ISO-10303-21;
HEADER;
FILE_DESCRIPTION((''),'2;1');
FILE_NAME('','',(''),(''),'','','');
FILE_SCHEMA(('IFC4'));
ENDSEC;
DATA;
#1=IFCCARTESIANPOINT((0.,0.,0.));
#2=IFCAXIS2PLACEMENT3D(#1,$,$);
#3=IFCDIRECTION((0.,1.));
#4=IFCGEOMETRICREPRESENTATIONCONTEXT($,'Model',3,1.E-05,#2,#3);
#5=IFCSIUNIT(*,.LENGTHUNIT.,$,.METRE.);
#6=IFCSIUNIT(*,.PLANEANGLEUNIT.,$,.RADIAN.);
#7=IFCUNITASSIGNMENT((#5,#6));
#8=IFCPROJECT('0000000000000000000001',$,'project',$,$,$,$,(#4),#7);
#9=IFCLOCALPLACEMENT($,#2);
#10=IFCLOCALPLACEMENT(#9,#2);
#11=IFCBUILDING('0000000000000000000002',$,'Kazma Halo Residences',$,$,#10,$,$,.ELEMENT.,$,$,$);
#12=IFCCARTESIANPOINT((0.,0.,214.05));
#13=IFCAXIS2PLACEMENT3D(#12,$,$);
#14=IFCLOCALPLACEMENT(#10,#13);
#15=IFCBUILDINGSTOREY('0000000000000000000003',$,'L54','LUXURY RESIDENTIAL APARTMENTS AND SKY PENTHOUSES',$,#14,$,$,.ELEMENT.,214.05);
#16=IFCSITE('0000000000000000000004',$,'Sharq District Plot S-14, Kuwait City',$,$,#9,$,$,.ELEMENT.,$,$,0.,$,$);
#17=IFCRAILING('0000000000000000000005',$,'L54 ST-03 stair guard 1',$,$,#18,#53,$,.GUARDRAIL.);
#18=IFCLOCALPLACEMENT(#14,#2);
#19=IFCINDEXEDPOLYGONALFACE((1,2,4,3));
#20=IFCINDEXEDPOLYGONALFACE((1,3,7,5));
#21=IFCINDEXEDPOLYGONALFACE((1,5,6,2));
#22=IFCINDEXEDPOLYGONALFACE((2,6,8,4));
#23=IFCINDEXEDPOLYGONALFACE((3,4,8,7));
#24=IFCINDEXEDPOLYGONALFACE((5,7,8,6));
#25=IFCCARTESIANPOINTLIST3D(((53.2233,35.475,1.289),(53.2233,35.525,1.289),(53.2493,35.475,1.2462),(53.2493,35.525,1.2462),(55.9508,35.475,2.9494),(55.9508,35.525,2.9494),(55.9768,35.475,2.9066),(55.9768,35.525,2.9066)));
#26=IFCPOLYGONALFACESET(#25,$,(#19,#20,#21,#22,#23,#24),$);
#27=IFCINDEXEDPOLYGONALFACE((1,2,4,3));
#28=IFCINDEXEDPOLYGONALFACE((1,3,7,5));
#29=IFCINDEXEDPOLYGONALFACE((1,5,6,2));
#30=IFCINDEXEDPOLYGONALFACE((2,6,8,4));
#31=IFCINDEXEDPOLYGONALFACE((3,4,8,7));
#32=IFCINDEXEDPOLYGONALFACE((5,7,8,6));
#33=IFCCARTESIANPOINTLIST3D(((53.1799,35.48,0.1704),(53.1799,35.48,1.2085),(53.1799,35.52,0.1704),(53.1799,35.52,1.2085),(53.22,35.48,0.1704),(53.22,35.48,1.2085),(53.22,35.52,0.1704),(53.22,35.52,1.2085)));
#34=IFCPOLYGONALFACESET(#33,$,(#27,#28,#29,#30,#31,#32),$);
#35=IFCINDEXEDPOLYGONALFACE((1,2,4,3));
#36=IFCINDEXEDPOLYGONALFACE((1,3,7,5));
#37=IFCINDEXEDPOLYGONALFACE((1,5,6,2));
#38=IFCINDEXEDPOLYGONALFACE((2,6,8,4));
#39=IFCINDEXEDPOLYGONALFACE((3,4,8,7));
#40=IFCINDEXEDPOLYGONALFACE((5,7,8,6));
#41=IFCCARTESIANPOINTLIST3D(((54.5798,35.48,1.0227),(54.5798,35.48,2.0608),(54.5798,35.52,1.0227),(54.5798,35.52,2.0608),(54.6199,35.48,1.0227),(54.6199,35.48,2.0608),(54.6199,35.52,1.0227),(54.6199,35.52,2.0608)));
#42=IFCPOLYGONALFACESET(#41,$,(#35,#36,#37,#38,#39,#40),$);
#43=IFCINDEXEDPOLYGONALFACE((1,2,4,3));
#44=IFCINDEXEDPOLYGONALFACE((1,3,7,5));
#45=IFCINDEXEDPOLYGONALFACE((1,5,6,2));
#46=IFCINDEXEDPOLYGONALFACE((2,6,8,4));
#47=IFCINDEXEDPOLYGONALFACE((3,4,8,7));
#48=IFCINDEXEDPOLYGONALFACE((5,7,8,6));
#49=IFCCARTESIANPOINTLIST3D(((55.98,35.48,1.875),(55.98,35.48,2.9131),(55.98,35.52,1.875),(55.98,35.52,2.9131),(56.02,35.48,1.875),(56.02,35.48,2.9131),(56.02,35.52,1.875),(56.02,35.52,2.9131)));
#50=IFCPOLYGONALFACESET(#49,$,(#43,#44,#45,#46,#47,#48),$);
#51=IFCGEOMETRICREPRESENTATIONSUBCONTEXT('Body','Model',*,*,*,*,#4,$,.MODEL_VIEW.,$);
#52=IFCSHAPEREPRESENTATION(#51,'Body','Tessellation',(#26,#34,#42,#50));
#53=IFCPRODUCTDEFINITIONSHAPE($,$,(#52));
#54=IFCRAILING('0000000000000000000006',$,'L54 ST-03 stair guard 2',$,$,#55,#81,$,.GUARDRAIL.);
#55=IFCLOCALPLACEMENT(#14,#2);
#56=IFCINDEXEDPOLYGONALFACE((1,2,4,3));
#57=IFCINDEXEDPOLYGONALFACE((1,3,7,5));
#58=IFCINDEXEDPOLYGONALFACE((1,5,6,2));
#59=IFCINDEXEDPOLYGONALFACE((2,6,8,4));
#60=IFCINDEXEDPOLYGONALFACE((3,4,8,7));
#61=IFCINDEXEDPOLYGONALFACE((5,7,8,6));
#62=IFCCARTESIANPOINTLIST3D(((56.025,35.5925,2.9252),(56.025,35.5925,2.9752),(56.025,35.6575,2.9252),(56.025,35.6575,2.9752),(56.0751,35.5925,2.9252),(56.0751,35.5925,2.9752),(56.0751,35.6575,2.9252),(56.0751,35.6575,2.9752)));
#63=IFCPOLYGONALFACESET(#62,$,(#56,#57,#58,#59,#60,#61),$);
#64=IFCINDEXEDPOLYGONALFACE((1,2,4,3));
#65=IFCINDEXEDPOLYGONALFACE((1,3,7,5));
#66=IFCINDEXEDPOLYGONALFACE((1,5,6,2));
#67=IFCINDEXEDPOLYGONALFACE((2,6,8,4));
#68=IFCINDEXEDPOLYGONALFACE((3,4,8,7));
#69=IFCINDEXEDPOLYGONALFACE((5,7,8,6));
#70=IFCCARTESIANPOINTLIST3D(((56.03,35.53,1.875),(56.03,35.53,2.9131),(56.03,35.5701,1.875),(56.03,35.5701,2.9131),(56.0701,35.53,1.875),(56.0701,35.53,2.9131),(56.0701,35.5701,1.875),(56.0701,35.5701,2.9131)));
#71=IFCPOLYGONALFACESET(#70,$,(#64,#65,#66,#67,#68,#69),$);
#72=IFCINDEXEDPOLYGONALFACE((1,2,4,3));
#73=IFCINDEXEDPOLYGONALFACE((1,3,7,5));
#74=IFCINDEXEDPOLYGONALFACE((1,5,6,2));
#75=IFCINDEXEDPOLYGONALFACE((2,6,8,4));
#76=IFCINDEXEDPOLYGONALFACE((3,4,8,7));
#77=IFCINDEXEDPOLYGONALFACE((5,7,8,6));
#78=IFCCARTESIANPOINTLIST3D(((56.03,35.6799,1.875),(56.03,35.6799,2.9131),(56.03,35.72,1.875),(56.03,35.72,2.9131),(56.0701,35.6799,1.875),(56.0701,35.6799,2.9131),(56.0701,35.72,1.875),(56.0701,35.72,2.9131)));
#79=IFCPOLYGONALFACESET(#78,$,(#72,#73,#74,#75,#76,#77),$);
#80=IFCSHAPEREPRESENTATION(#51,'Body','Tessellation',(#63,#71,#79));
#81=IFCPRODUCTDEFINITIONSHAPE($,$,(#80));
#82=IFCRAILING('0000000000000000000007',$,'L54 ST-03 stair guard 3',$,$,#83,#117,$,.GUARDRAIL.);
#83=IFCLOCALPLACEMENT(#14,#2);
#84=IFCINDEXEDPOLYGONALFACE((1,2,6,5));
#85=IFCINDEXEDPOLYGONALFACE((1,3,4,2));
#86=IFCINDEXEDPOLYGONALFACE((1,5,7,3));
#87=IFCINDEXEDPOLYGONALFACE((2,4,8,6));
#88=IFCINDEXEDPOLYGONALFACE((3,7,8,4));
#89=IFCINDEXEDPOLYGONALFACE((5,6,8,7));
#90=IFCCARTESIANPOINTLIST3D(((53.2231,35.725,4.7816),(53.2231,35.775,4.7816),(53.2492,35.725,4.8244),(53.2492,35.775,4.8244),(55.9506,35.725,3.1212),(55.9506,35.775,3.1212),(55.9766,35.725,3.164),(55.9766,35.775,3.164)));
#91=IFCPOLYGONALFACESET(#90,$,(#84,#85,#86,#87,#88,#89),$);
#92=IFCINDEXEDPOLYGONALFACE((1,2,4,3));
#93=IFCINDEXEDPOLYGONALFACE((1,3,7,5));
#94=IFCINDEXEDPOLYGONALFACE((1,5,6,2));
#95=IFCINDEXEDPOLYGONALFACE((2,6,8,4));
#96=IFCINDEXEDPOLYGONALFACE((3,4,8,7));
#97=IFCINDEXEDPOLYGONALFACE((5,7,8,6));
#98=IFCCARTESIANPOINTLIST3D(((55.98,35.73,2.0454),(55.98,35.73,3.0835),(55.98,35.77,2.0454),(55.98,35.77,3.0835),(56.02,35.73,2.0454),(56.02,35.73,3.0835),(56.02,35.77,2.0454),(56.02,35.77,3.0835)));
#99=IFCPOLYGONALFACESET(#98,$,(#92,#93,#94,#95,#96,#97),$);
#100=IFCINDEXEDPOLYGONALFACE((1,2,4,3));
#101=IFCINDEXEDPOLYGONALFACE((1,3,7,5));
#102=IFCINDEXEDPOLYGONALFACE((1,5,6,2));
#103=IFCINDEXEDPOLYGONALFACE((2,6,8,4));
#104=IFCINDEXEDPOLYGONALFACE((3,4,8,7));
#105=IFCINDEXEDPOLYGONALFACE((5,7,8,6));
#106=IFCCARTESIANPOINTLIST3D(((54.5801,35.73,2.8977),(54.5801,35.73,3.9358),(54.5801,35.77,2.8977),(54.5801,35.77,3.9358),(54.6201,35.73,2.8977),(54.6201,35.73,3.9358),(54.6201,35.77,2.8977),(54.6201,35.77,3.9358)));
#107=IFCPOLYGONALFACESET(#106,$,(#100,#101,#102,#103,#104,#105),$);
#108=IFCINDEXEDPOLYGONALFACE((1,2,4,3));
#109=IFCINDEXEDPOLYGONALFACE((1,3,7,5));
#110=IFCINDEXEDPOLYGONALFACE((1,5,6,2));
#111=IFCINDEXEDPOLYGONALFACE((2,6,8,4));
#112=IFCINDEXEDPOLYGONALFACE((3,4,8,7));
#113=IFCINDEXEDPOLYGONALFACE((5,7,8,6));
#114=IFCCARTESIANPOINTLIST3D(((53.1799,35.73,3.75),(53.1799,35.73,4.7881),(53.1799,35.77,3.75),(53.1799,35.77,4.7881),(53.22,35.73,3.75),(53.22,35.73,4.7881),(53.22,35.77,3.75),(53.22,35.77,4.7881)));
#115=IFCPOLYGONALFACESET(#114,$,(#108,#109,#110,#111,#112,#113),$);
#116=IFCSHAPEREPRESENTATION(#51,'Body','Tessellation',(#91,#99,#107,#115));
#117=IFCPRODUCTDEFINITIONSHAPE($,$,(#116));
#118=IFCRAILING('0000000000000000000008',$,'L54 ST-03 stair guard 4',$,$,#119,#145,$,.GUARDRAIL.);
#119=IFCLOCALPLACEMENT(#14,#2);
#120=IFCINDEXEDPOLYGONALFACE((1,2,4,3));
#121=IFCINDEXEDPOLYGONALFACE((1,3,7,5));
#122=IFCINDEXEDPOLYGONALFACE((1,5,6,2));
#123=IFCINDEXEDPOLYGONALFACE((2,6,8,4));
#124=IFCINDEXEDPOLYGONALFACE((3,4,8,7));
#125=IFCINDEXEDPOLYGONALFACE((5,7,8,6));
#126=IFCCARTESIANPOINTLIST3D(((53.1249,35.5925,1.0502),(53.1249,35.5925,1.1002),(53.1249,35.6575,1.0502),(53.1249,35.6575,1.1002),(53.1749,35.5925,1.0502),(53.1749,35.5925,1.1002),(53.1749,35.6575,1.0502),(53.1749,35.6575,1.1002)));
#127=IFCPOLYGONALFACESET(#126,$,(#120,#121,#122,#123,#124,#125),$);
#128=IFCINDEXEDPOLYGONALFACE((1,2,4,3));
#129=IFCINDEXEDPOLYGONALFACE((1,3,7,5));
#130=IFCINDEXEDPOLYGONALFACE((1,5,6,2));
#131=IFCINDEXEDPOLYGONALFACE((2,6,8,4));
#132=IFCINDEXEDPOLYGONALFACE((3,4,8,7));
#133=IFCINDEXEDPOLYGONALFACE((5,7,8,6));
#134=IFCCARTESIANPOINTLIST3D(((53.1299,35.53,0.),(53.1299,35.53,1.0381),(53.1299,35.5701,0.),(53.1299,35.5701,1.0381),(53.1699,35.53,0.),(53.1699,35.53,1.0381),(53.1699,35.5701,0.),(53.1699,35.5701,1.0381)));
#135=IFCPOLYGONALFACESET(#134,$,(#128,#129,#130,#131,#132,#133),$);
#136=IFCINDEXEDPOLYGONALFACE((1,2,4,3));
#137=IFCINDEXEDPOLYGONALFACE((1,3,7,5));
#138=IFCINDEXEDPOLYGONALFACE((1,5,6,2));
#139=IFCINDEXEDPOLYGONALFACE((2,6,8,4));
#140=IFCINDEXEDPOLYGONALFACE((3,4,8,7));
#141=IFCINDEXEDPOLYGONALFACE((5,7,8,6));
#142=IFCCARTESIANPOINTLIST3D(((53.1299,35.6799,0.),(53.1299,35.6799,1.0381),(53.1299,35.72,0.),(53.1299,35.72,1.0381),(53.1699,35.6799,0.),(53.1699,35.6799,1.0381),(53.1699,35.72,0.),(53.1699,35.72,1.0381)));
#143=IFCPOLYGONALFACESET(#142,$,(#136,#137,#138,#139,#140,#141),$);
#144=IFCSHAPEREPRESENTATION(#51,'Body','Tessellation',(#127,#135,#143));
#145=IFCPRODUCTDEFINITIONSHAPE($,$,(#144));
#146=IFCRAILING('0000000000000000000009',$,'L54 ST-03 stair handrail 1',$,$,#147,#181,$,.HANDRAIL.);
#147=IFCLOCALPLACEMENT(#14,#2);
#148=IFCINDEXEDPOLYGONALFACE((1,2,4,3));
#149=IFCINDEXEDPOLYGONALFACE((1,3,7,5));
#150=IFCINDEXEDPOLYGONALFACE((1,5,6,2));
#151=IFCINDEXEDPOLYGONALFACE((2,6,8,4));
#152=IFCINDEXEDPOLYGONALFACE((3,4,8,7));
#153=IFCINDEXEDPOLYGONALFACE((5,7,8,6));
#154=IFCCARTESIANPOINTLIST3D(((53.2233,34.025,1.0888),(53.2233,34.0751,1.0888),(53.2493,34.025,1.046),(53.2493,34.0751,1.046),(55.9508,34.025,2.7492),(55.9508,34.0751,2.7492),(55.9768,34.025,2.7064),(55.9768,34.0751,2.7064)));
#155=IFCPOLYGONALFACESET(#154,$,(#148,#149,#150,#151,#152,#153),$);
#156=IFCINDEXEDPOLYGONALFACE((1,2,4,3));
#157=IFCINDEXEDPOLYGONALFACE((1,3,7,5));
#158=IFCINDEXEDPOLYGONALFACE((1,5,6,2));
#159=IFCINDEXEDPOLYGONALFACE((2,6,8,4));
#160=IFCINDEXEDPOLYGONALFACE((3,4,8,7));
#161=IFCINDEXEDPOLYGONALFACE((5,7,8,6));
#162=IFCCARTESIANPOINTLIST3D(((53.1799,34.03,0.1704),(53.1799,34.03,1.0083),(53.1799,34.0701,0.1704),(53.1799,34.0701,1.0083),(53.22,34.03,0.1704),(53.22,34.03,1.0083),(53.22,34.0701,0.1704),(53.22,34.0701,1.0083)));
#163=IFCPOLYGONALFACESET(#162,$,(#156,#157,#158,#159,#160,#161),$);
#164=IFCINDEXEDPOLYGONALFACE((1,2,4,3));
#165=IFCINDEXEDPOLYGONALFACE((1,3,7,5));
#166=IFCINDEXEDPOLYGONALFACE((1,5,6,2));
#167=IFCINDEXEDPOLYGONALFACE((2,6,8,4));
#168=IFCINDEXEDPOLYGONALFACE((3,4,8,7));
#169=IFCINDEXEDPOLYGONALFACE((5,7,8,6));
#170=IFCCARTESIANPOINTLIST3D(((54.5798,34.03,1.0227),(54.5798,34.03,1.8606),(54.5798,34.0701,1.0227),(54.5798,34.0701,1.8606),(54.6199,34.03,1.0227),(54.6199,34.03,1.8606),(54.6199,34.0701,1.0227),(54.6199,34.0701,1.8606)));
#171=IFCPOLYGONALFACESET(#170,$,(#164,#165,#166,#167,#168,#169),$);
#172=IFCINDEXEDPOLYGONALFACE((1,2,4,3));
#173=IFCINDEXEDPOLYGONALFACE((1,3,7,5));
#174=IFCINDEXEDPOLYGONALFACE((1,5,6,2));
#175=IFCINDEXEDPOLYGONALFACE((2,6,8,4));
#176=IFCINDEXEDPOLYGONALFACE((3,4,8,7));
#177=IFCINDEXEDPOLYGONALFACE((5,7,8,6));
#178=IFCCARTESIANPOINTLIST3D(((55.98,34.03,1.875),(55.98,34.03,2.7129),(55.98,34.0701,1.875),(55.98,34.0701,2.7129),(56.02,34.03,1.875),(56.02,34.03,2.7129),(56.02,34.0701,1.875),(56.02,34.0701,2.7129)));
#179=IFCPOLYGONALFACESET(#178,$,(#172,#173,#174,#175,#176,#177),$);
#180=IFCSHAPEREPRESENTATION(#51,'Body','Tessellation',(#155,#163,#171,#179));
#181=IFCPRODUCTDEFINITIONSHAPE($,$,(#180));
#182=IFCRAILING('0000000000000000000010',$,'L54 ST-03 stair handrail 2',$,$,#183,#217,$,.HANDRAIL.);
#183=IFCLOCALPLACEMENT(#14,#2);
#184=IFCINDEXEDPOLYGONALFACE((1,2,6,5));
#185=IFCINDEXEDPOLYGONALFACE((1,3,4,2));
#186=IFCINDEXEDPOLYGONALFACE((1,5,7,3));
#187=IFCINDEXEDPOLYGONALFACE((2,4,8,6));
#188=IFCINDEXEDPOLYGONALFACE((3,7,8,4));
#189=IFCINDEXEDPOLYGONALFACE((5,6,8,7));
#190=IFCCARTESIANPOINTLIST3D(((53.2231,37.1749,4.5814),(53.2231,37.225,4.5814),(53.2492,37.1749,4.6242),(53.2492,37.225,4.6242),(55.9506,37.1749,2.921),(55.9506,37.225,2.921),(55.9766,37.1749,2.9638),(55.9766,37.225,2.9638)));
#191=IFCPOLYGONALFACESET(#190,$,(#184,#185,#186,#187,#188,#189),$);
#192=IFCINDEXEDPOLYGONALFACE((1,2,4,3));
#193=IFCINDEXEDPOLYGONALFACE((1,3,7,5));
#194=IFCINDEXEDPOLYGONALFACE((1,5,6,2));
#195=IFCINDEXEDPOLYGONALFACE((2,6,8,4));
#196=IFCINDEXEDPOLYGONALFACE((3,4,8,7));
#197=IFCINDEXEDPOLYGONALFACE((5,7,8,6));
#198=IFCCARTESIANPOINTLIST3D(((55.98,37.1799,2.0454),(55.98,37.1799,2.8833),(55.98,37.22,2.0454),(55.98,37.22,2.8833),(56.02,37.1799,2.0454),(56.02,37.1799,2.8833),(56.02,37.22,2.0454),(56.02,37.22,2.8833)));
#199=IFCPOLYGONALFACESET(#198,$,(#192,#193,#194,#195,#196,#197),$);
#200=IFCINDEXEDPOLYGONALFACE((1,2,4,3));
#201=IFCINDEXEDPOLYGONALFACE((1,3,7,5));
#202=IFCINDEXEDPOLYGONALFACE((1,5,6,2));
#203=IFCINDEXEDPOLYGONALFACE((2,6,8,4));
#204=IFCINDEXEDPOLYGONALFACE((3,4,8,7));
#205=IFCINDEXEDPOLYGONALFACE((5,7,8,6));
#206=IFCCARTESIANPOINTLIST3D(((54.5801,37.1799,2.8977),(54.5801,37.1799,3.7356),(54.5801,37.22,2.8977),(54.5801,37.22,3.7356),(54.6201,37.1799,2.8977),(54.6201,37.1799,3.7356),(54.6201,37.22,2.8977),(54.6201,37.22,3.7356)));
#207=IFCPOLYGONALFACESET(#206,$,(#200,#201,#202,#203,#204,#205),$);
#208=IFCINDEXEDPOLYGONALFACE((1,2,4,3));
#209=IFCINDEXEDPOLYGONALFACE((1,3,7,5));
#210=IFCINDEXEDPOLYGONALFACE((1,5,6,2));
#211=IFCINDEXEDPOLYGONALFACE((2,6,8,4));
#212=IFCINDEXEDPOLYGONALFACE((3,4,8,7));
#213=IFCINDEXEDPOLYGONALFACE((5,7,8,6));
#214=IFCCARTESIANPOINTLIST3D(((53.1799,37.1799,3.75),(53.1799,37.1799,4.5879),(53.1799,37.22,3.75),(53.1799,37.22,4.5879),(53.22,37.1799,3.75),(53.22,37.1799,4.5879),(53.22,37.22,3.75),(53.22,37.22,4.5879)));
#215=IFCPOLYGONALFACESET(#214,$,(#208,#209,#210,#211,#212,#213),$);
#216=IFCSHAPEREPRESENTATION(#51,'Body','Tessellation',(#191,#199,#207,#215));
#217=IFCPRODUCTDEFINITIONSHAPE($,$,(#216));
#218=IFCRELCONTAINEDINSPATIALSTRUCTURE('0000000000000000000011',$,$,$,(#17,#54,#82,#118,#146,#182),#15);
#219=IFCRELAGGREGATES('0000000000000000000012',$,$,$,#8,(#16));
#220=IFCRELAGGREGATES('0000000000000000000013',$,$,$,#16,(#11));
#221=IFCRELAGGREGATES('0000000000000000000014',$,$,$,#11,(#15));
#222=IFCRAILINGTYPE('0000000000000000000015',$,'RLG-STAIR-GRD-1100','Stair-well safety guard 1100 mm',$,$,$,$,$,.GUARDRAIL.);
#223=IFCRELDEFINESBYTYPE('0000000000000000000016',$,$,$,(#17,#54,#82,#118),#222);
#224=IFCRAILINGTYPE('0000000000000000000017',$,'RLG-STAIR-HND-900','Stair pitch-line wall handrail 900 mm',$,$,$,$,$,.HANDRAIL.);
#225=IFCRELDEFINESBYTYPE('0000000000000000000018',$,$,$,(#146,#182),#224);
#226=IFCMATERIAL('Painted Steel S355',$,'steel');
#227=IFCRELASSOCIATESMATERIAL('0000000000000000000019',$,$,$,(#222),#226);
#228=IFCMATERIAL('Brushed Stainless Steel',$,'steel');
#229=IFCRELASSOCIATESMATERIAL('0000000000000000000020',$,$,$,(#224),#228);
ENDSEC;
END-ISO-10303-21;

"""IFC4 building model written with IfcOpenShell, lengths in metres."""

from ifc_helpers import new_model, si_unit, direction, frame, origin, origin_2d, place, context, subcontext, project, spatial, rectangle, extrude, material, type_object, element, save


model = new_model("IFC4")

# Units and contexts
model_context = context("Model", 3, precision=1e-05, world=origin(), true_north=direction((0.0, 1.0)))
body_context = subcontext(model_context, "Body", "Model", "MODEL_VIEW")
ifc_project = project(units=[si_unit("LENGTHUNIT", "METRE"), si_unit("PLANEANGLEUNIT", "RADIAN")], contexts=[model_context])

# Site, building, storey
site_placement = place(None, origin())
site = spatial("IfcSite", under=ifc_project, at=site_placement, Name="Sharq District Plot S-14, Kuwait City", CompositionType="ELEMENT", RefElevation=0.0)
building_placement = place(site_placement, origin())
building = spatial("IfcBuilding", under=site, at=building_placement, Name="Kazma Halo Residences", CompositionType="ELEMENT")
storey_placement = place(building_placement, frame((0.0, 0.0, 214.05)))
storey = spatial("IfcBuildingStorey", under=building, at=storey_placement, Name="L54", Description="LUXURY RESIDENTIAL APARTMENTS AND SKY PENTHOUSES", CompositionType="ELEMENT", Elevation=214.05)

# Railings
ifc_material_1 = material(Name="Painted Steel S355", Category="steel")
railing_type_1 = type_object("IfcRailingType", Name="RLG-STAIR-GRD-1100", Description="Stair-well safety guard 1100 mm", PredefinedType="GUARDRAIL", material=ifc_material_1)
railing_1_placement = place(storey_placement, frame((53.2, 35.5, 0.1704)))
element("IfcRailing", 1, at=railing_1_placement, inside=storey, type_object=railing_type_1, Name="L54 ST-03 stair guard 1", PredefinedType="GUARDRAIL", context=body_context, shape_type="SweptSolid", body=[
    extrude(rectangle(XDim=0.05, YDim=0.05, at=origin_2d()), frame((0.0364, 0.0, 1.0972), z_axis=(0.85417, 0.0, 0.519994), x_axis=(0.0, 1.0, 0.0)), (0.0, 0.0, 1.0), 3.1931),
    extrude(rectangle(XDim=0.04, YDim=0.04, at=origin_2d()), origin(), (0.0, 0.0, 1.0), 1.0381),
    extrude(rectangle(XDim=0.04, YDim=0.04, at=origin_2d()), frame((1.3999, 0.0, 0.8523)), (0.0, 0.0, 1.0), 1.0381),
    extrude(rectangle(XDim=0.04, YDim=0.04, at=origin_2d()), frame((2.8, 0.0, 1.7046)), (0.0, 0.0, 1.0), 1.0381),
])
railing_2_placement = place(storey_placement, frame((56.05, 35.55, 1.875)))
element("IfcRailing", 2, at=railing_2_placement, inside=storey, type_object=railing_type_1, Name="L54 ST-03 stair guard 2", PredefinedType="GUARDRAIL", context=body_context, shape_type="SweptSolid", body=[
    extrude(rectangle(XDim=0.05, YDim=0.05, at=origin_2d()), frame((0.0, 0.0425, 1.0752), z_axis=(0.0, 1.0, 0.0), x_axis=(-1.0, 0.0, 0.0)), (0.0, 0.0, 1.0), 0.0649),
    extrude(rectangle(XDim=0.04, YDim=0.04, at=origin_2d()), origin(), (0.0, 0.0, 1.0), 1.0381),
    extrude(rectangle(XDim=0.04, YDim=0.04, at=origin_2d()), frame((0.0, 0.1499, 0.0)), (0.0, 0.0, 1.0), 1.0381),
])
railing_3_placement = place(storey_placement, frame((56.0, 35.75, 2.0454)))
element("IfcRailing", 3, at=railing_3_placement, inside=storey, type_object=railing_type_1, Name="L54 ST-03 stair guard 3", PredefinedType="GUARDRAIL", context=body_context, shape_type="SweptSolid", body=[
    extrude(rectangle(XDim=0.05, YDim=0.05, at=origin_2d()), frame((-0.0364, 0.0, 1.0972), z_axis=(-0.85417, 0.0, 0.519994), x_axis=(0.0, -1.0, 0.0)), (0.0, 0.0, 1.0), 3.1931),
    extrude(rectangle(XDim=0.04, YDim=0.04, at=origin_2d()), origin(), (0.0, 0.0, 1.0), 1.0381),
    extrude(rectangle(XDim=0.04, YDim=0.04, at=origin_2d()), frame((-1.3999, 0.0, 0.8523)), (0.0, 0.0, 1.0), 1.0381),
    extrude(rectangle(XDim=0.04, YDim=0.04, at=origin_2d()), frame((-2.8, 0.0, 1.7046)), (0.0, 0.0, 1.0), 1.0381),
])
railing_4_placement = place(storey_placement, frame((53.1499, 35.55, 0.0)))
element("IfcRailing", 4, at=railing_4_placement, inside=storey, type_object=railing_type_1, Name="L54 ST-03 stair guard 4", PredefinedType="GUARDRAIL", context=body_context, shape_type="SweptSolid", body=[
    extrude(rectangle(XDim=0.05, YDim=0.05, at=origin_2d()), frame((0.0, 0.0425, 1.0752), z_axis=(0.0, 1.0, 0.0), x_axis=(-1.0, 0.0, 0.0)), (0.0, 0.0, 1.0), 0.0649),
    extrude(rectangle(XDim=0.04, YDim=0.04, at=origin_2d()), origin(), (0.0, 0.0, 1.0), 1.0381),
    extrude(rectangle(XDim=0.04, YDim=0.04, at=origin_2d()), frame((0.0, 0.1499, 0.0)), (0.0, 0.0, 1.0), 1.0381),
])
ifc_material_2 = material(Name="Brushed Stainless Steel", Category="steel")
railing_type_2 = type_object("IfcRailingType", Name="RLG-STAIR-HND-900", Description="Stair pitch-line wall handrail 900 mm", PredefinedType="HANDRAIL", material=ifc_material_2)
railing_5_placement = place(storey_placement, frame((53.2, 34.05, 0.1704)))
element("IfcRailing", 5, at=railing_5_placement, inside=storey, type_object=railing_type_2, Name="L54 ST-03 stair handrail 1", PredefinedType="HANDRAIL", context=body_context, shape_type="SweptSolid", body=[
    extrude(rectangle(XDim=0.05, YDim=0.05, at=origin_2d()), frame((0.0364, 0.0, 0.897), z_axis=(0.85417, 0.0, 0.519994), x_axis=(0.0, 1.0, 0.0)), (0.0, 0.0, 1.0), 3.1931),
    extrude(rectangle(XDim=0.04, YDim=0.04, at=origin_2d()), origin(), (0.0, 0.0, 1.0), 0.8379),
    extrude(rectangle(XDim=0.04, YDim=0.04, at=origin_2d()), frame((1.3999, 0.0, 0.8523)), (0.0, 0.0, 1.0), 0.8379),
    extrude(rectangle(XDim=0.04, YDim=0.04, at=origin_2d()), frame((2.8, 0.0, 1.7046)), (0.0, 0.0, 1.0), 0.8379),
])
railing_6_placement = place(storey_placement, frame((56.0, 37.2, 2.0454)))
element("IfcRailing", 6, at=railing_6_placement, inside=storey, type_object=railing_type_2, Name="L54 ST-03 stair handrail 2", PredefinedType="HANDRAIL", context=body_context, shape_type="SweptSolid", body=[
    extrude(rectangle(XDim=0.05, YDim=0.05, at=origin_2d()), frame((-0.0364, 0.0, 0.897), z_axis=(-0.85417, 0.0, 0.519994), x_axis=(0.0, -1.0, 0.0)), (0.0, 0.0, 1.0), 3.1931),
    extrude(rectangle(XDim=0.04, YDim=0.04, at=origin_2d()), origin(), (0.0, 0.0, 1.0), 0.8379),
    extrude(rectangle(XDim=0.04, YDim=0.04, at=origin_2d()), frame((-1.3999, 0.0, 0.8523)), (0.0, 0.0, 1.0), 0.8379),
    extrude(rectangle(XDim=0.04, YDim=0.04, at=origin_2d()), frame((-2.8, 0.0, 1.7046)), (0.0, 0.0, 1.0), 0.8379),
])

save(model, "model.ifc")
